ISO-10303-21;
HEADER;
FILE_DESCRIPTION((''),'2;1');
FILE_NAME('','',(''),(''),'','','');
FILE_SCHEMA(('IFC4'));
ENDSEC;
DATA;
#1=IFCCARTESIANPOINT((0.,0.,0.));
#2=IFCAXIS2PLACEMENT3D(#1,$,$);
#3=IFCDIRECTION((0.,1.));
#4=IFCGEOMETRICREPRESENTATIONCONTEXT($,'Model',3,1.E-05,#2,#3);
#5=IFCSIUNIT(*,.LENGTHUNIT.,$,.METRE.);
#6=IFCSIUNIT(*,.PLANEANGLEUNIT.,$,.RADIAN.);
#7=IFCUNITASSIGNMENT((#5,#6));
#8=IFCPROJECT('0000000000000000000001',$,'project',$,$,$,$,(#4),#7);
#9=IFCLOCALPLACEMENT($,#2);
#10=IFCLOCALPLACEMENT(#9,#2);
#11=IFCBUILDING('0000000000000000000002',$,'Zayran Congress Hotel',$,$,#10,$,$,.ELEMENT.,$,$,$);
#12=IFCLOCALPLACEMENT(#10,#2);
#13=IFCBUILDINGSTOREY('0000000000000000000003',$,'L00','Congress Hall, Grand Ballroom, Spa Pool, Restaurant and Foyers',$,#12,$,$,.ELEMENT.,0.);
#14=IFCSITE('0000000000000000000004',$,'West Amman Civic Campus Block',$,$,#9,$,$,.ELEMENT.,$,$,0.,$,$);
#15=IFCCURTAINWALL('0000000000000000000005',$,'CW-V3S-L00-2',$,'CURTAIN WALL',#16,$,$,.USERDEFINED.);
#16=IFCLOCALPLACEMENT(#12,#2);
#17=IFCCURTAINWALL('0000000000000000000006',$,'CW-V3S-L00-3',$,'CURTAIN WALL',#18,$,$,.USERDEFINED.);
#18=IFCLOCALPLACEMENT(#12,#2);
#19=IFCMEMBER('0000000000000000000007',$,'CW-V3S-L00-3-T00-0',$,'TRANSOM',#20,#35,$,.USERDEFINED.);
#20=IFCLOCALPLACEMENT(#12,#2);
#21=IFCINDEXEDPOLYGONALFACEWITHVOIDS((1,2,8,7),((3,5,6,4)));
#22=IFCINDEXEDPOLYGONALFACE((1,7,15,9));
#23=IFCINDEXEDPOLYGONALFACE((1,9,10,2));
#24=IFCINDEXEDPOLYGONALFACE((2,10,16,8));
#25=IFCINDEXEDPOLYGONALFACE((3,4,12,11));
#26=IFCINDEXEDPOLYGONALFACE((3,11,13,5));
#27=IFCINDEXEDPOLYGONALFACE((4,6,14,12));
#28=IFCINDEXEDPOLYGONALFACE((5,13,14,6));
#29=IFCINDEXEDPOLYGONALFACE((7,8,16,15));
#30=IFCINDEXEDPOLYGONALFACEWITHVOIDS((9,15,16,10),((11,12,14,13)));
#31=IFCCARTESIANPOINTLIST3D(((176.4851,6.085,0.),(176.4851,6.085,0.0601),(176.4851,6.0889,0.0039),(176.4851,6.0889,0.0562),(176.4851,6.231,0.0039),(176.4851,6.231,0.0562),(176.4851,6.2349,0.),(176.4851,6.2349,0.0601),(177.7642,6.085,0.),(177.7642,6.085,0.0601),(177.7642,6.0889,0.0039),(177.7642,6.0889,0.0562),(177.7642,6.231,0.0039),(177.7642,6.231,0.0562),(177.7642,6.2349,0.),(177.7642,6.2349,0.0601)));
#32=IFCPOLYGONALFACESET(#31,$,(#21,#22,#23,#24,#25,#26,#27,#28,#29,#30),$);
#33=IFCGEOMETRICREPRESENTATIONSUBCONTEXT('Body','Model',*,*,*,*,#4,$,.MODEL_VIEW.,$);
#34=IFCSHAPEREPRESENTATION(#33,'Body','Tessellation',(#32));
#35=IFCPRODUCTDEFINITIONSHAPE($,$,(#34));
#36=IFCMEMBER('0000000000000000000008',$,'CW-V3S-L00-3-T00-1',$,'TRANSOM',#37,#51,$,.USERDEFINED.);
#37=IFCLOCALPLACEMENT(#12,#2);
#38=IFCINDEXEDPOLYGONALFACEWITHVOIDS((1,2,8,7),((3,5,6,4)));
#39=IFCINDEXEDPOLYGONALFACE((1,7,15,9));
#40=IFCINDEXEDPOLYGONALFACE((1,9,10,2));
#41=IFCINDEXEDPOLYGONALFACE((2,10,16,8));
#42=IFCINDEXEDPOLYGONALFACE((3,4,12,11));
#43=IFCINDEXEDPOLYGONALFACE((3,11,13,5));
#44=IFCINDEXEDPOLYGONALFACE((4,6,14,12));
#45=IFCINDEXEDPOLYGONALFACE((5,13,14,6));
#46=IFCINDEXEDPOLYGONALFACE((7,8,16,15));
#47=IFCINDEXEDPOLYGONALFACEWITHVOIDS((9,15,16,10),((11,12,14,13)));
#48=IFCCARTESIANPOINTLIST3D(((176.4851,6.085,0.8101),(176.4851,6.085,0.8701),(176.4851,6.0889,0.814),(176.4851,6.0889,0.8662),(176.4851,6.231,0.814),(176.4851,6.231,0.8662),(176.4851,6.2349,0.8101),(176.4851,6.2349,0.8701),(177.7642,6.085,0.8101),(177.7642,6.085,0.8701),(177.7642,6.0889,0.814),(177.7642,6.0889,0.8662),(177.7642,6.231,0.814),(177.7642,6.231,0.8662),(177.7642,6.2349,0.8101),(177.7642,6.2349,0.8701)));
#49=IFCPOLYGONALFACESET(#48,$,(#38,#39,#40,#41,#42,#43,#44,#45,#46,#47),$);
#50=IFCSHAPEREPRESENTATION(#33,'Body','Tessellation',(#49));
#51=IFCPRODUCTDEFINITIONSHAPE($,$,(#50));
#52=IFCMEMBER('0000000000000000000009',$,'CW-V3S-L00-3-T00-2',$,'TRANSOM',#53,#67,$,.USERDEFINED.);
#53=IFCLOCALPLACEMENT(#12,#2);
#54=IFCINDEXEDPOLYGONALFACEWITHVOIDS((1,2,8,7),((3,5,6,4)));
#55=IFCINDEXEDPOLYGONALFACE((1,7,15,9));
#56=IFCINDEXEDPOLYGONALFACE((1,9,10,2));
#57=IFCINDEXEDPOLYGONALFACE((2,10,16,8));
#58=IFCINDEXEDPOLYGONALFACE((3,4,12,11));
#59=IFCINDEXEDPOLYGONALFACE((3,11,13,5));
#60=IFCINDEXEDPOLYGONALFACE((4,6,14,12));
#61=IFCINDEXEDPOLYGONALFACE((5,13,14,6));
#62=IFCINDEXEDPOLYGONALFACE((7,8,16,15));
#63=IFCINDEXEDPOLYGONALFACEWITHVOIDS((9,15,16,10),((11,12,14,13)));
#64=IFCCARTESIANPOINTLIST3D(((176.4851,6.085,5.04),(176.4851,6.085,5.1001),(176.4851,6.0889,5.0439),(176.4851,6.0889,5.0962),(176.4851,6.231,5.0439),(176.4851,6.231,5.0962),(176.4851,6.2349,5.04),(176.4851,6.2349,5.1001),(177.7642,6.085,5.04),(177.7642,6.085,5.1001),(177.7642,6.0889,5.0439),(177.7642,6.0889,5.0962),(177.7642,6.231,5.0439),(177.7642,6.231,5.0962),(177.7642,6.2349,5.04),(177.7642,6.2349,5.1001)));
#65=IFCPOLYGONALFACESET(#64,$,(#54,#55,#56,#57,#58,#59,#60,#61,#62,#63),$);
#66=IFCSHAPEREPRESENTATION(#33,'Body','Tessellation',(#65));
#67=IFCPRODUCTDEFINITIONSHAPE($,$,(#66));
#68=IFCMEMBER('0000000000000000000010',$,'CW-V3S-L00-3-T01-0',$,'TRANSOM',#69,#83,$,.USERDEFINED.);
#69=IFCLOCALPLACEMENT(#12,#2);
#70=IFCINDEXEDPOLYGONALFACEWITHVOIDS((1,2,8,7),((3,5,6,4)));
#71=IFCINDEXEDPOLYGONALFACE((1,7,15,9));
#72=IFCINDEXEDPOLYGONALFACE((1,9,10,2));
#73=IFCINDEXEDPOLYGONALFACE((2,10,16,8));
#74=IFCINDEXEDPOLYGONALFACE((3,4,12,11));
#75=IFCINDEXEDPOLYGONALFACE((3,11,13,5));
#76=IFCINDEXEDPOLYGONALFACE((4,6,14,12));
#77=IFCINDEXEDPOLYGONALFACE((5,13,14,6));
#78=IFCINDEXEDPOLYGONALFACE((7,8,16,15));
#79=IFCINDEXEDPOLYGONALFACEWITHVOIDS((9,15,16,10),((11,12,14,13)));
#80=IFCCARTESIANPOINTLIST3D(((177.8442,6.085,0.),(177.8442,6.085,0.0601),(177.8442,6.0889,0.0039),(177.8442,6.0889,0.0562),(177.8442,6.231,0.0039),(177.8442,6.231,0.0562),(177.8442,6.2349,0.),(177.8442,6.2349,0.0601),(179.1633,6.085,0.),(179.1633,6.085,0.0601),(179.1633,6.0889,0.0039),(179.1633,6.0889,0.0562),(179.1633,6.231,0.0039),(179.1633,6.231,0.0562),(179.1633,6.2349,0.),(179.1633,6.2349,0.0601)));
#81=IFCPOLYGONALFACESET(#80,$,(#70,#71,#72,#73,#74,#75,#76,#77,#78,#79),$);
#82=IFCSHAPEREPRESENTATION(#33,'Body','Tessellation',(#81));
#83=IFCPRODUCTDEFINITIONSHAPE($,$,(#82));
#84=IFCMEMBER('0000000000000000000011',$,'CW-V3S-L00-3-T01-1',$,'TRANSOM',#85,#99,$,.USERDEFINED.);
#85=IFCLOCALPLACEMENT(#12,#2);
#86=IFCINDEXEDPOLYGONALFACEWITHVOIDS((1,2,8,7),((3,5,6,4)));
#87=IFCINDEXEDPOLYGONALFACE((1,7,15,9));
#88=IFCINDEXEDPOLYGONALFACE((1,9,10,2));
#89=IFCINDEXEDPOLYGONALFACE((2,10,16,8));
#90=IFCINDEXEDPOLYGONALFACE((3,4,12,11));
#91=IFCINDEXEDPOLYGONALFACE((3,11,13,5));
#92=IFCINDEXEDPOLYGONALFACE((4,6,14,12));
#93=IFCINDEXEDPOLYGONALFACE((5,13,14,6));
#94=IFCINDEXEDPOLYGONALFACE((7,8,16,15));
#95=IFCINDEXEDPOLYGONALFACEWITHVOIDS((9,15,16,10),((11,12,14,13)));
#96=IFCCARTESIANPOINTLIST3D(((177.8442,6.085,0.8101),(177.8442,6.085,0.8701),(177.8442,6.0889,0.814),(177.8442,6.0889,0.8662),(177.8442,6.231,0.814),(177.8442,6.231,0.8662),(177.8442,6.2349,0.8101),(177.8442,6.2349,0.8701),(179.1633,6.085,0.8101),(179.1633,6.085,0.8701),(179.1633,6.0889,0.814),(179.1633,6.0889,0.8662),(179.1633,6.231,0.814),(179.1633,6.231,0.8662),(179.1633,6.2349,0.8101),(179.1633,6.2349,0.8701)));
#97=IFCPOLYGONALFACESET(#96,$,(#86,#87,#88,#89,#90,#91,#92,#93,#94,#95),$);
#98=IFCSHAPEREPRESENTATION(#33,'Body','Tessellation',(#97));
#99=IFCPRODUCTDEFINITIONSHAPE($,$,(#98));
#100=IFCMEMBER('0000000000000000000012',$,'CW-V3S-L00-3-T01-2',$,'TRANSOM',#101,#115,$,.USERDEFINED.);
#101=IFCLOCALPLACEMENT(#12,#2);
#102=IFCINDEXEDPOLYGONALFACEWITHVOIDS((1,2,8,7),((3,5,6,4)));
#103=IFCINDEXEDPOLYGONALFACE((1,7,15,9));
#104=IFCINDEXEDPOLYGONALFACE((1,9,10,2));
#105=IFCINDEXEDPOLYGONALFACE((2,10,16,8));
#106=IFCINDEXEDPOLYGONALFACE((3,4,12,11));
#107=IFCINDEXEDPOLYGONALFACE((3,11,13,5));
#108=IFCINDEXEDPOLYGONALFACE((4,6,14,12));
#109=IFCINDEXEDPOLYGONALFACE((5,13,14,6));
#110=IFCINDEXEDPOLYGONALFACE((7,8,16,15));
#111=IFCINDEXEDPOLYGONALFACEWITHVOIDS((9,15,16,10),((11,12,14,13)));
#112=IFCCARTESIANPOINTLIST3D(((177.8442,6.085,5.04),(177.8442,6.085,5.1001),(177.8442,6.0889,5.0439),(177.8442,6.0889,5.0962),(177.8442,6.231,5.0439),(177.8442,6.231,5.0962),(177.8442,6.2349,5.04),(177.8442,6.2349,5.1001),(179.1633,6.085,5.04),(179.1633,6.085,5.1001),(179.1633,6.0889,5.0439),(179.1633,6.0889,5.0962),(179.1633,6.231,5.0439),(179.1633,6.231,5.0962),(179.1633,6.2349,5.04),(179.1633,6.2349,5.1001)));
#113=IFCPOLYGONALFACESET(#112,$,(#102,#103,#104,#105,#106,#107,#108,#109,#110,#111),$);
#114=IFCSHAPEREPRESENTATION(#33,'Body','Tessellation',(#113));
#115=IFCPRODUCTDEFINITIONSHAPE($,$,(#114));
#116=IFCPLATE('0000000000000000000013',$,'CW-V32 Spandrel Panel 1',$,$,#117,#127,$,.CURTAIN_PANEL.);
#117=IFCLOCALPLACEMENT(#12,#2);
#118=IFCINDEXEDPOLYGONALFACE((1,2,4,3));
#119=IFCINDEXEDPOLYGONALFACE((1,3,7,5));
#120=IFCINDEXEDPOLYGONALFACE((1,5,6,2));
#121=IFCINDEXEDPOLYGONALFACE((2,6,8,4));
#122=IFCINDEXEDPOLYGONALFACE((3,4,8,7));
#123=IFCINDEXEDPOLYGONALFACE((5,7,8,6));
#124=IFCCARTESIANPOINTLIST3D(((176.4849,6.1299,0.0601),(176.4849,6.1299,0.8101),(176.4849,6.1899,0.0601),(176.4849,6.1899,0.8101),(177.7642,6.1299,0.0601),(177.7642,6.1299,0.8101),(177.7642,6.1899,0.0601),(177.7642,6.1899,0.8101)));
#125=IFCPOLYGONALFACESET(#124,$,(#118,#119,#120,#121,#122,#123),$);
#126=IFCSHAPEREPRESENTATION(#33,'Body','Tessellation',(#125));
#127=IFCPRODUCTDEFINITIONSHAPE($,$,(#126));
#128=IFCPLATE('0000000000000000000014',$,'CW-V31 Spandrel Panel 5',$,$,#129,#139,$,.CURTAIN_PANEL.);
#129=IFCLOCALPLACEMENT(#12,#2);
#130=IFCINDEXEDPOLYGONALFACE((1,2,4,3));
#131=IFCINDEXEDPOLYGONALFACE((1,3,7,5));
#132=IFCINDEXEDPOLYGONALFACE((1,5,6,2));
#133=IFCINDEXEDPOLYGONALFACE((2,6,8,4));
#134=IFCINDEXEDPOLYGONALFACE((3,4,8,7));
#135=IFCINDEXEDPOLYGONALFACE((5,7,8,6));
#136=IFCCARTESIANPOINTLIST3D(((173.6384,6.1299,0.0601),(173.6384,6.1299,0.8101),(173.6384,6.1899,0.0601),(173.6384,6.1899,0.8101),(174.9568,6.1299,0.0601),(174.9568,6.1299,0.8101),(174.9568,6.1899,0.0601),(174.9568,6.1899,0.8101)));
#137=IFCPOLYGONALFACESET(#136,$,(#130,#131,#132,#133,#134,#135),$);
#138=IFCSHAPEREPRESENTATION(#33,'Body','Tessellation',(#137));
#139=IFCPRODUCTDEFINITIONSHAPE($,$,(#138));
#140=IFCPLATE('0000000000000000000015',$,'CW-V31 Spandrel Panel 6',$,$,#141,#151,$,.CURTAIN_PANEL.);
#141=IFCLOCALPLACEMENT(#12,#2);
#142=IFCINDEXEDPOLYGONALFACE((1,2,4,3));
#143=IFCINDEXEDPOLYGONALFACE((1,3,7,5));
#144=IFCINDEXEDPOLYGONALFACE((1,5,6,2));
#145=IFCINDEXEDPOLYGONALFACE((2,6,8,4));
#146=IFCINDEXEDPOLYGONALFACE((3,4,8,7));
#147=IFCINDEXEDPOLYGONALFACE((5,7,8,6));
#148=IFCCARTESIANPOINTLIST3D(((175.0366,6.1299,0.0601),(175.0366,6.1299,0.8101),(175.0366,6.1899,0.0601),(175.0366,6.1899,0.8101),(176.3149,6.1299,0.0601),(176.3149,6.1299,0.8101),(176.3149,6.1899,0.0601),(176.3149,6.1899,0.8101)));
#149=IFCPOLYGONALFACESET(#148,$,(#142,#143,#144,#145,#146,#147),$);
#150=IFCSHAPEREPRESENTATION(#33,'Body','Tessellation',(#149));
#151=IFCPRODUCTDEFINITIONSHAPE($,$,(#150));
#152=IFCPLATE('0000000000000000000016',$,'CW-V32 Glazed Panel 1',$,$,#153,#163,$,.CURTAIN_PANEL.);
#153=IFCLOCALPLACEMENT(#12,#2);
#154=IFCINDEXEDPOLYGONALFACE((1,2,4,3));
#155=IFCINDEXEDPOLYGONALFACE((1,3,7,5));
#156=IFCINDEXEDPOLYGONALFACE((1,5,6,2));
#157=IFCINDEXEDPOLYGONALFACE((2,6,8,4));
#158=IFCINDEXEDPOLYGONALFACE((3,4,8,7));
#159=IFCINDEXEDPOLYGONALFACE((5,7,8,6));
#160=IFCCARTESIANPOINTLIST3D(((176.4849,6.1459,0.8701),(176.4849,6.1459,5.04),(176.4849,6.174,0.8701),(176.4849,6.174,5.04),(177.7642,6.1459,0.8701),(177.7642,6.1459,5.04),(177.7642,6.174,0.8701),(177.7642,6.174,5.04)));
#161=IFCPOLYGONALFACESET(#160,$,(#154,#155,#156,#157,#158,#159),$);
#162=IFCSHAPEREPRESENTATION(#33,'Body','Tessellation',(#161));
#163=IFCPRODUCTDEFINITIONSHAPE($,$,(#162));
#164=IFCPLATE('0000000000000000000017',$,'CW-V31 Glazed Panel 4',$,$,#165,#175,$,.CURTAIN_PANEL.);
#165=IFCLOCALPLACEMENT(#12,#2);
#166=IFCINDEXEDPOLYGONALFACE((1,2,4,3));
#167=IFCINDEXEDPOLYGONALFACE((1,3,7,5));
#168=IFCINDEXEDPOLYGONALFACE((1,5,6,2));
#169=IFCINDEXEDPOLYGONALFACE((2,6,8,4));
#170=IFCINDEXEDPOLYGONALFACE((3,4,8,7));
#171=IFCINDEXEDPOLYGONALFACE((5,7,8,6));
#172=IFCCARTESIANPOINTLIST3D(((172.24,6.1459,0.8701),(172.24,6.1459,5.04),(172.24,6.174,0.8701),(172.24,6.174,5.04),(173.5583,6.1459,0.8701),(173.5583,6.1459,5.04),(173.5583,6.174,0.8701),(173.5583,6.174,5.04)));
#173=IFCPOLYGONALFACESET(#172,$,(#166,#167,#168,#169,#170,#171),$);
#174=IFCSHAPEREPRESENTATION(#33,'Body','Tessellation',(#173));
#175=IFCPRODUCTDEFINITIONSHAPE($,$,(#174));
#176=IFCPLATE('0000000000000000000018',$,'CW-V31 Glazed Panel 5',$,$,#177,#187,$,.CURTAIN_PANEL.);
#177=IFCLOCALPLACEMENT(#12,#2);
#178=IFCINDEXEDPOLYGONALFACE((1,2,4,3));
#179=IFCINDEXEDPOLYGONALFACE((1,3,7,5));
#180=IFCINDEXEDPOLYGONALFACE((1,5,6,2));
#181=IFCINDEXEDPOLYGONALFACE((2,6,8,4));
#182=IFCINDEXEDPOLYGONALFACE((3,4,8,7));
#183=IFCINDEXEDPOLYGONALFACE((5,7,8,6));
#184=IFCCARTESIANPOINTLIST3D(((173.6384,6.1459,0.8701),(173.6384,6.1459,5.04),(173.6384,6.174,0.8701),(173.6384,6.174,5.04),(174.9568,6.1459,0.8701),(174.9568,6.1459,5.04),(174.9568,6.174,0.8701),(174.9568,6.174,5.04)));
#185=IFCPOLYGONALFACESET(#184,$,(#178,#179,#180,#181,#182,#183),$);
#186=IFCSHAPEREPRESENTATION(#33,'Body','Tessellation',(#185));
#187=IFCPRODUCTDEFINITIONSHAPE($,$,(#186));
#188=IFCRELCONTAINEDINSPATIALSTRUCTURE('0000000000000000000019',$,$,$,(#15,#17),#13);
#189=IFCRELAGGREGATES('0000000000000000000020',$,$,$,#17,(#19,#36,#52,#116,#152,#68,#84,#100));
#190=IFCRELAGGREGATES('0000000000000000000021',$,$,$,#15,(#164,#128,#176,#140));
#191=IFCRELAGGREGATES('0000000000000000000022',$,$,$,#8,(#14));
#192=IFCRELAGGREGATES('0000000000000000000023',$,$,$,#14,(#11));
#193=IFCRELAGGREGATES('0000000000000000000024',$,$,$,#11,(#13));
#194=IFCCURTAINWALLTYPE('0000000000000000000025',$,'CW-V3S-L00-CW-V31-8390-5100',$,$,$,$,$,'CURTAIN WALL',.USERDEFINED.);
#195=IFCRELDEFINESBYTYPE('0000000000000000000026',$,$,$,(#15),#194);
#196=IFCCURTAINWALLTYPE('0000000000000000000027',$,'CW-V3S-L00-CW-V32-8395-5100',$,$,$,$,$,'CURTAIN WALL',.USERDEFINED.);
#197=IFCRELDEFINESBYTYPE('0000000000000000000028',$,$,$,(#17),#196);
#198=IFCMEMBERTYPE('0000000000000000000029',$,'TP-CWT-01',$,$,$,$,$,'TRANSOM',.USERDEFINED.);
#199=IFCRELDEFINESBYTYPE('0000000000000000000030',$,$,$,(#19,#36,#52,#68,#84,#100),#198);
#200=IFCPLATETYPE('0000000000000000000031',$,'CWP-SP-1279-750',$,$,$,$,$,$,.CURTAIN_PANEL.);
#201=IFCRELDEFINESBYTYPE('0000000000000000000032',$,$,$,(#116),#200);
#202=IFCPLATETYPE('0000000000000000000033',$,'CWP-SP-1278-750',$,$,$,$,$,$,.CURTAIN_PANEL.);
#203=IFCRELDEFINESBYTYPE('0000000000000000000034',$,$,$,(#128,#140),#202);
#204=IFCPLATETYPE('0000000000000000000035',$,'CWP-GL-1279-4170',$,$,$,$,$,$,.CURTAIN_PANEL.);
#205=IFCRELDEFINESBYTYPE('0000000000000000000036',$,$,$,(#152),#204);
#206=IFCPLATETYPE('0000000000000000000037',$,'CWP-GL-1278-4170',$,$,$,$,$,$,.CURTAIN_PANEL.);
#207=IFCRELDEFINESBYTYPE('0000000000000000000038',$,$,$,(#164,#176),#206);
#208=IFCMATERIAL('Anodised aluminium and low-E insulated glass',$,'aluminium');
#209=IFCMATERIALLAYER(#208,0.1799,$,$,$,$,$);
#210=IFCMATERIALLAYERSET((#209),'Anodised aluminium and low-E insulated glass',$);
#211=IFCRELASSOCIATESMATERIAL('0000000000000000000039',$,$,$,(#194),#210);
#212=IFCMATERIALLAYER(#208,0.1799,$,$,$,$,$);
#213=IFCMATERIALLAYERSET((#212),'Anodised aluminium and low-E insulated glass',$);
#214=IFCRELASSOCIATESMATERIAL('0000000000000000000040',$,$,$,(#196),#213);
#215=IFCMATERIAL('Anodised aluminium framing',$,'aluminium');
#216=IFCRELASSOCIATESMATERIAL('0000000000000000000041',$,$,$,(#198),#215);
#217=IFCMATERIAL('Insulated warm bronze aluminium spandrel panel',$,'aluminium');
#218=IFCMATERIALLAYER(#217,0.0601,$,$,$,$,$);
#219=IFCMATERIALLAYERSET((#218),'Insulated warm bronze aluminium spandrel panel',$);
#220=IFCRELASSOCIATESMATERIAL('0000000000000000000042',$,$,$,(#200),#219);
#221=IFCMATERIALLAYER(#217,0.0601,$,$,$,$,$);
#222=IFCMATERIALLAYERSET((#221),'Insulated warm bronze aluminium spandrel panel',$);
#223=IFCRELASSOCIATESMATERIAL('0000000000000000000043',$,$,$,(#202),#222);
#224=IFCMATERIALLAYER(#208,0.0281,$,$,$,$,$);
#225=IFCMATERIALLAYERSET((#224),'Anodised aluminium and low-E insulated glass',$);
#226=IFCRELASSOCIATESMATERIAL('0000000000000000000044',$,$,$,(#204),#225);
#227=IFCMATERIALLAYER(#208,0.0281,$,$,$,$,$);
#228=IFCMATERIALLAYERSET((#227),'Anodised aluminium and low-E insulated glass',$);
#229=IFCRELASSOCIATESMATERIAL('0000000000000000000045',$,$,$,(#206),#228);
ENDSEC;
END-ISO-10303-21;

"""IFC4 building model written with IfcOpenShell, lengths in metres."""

from ifc_helpers import new_model, si_unit, direction, frame, origin, origin_2d, place, context, subcontext, project, spatial, rectangle, hollow_rectangle, extrude, material, layer, layer_set, material_profile, profile_set, type_object, element, aggregate, save


model = new_model("IFC4")

# Units and contexts
model_context = context("Model", 3, precision=1e-05, world=origin(), true_north=direction((0.0, 1.0)))
body_context = subcontext(model_context, "Body", "Model", "MODEL_VIEW")
ifc_project = project(units=[si_unit("LENGTHUNIT", "METRE"), si_unit("PLANEANGLEUNIT", "RADIAN")], contexts=[model_context])

# Site, building, storey
site_placement = place(None, origin())
site = spatial("IfcSite", under=ifc_project, at=site_placement, Name="West Amman Civic Campus Block", CompositionType="ELEMENT", RefElevation=0.0)
building_placement = place(site_placement, origin())
building = spatial("IfcBuilding", under=site, at=building_placement, Name="Zayran Congress Hotel", CompositionType="ELEMENT")
storey_placement = place(building_placement, origin())
storey = spatial("IfcBuildingStorey", under=building, at=storey_placement, Name="L00", Description="Congress Hall, Grand Ballroom, Spa Pool, Restaurant and Foyers", CompositionType="ELEMENT", Elevation=0.0)

# Curtain walls
ifc_material_1 = material(Name="Anodised aluminium and low-E insulated glass", Category="aluminium")
ifc_layer_1 = layer(ifc_material_1, 0.1799)
ifc_layer_set_1 = layer_set([ifc_layer_1], Name="Anodised aluminium and low-E insulated glass")
curtain_wall_type_1 = type_object("IfcCurtainWallType", Name="CW-V3S-L00-CW-V31-8390-5100", ElementType="CURTAIN WALL", PredefinedType="USERDEFINED", material=ifc_layer_set_1)
curtain_wall_1_placement = place(storey_placement, origin())
curtain_wall_1 = element("IfcCurtainWall", 1, at=curtain_wall_1_placement, inside=storey, type_object=curtain_wall_type_1, Name="CW-V3S-L00-2", ObjectType="CURTAIN WALL", PredefinedType="USERDEFINED")
ifc_material_2 = material(Name="Anodised aluminium framing", Category="aluminium")
ifc_layer_2 = layer(ifc_material_1, 0.1799)
ifc_layer_set_2 = layer_set([ifc_layer_2], Name="Anodised aluminium and low-E insulated glass")
curtain_wall_type_2 = type_object("IfcCurtainWallType", Name="CW-V3S-L00-CW-V32-8395-5100", ElementType="CURTAIN WALL", PredefinedType="USERDEFINED", material=ifc_layer_set_2)
curtain_wall_2_placement = place(storey_placement, origin())
curtain_wall_2 = element("IfcCurtainWall", 2, at=curtain_wall_2_placement, inside=storey, type_object=curtain_wall_type_2, Name="CW-V3S-L00-3", ObjectType="CURTAIN WALL", PredefinedType="USERDEFINED")

# Members
ifc_material_profile_1 = material_profile(ifc_material_2, hollow_rectangle(XDim=0.0601, YDim=0.1499, WallThickness=0.0039, at=origin_2d()), Name="RHS 150x60x4")
ifc_profile_set_1 = profile_set([ifc_material_profile_1], Name="Anodised aluminium framing")
member_type_1 = type_object("IfcMemberType", Name="TP-CWT-01", ElementType="TRANSOM", PredefinedType="USERDEFINED", material=ifc_profile_set_1)
member_1_placement = place(storey_placement, frame((176.4851, 6.1599, 0.03), z_axis=(1.0, 0.0, 0.0), x_axis=(0.0, 0.0, 1.0)))
member_1 = element("IfcMember", 3, at=member_1_placement, type_object=member_type_1, Name="CW-V3S-L00-3-T00-0", ObjectType="TRANSOM", PredefinedType="USERDEFINED", context=body_context, shape_type="SweptSolid", body=[
    extrude(hollow_rectangle(XDim=0.0601, YDim=0.1499, WallThickness=0.0039, at=origin_2d()), origin(), (0.0, 0.0, 1.0), 1.2791),
])
member_2_placement = place(storey_placement, frame((176.4851, 6.1599, 0.8401), z_axis=(1.0, 0.0, 0.0), x_axis=(0.0, 0.0, 1.0)))
member_2 = element("IfcMember", 4, at=member_2_placement, type_object=member_type_1, Name="CW-V3S-L00-3-T00-1", ObjectType="TRANSOM", PredefinedType="USERDEFINED", context=body_context, shape_type="SweptSolid", body=[
    extrude(hollow_rectangle(XDim=0.0601, YDim=0.1499, WallThickness=0.0039, at=origin_2d()), origin(), (0.0, 0.0, 1.0), 1.2791),
])
member_3_placement = place(storey_placement, frame((176.4851, 6.1599, 5.0701), z_axis=(1.0, 0.0, 0.0), x_axis=(0.0, 0.0, 1.0)))
member_3 = element("IfcMember", 5, at=member_3_placement, type_object=member_type_1, Name="CW-V3S-L00-3-T00-2", ObjectType="TRANSOM", PredefinedType="USERDEFINED", context=body_context, shape_type="SweptSolid", body=[
    extrude(hollow_rectangle(XDim=0.0601, YDim=0.1499, WallThickness=0.0039, at=origin_2d()), origin(), (0.0, 0.0, 1.0), 1.2791),
])
member_4_placement = place(storey_placement, frame((177.8442, 6.1599, 0.03), z_axis=(1.0, 0.0, 0.0), x_axis=(0.0, 0.0, 1.0)))
member_4 = element("IfcMember", 6, at=member_4_placement, type_object=member_type_1, Name="CW-V3S-L00-3-T01-0", ObjectType="TRANSOM", PredefinedType="USERDEFINED", context=body_context, shape_type="SweptSolid", body=[
    extrude(hollow_rectangle(XDim=0.0601, YDim=0.1499, WallThickness=0.0039, at=origin_2d()), origin(), (0.0, 0.0, 1.0), 1.3191),
])
member_5_placement = place(storey_placement, frame((177.8442, 6.1599, 0.8401), z_axis=(1.0, 0.0, 0.0), x_axis=(0.0, 0.0, 1.0)))
member_5 = element("IfcMember", 7, at=member_5_placement, type_object=member_type_1, Name="CW-V3S-L00-3-T01-1", ObjectType="TRANSOM", PredefinedType="USERDEFINED", context=body_context, shape_type="SweptSolid", body=[
    extrude(hollow_rectangle(XDim=0.0601, YDim=0.1499, WallThickness=0.0039, at=origin_2d()), origin(), (0.0, 0.0, 1.0), 1.3191),
])
member_6_placement = place(storey_placement, frame((177.8442, 6.1599, 5.0701), z_axis=(1.0, 0.0, 0.0), x_axis=(0.0, 0.0, 1.0)))
member_6 = element("IfcMember", 8, at=member_6_placement, type_object=member_type_1, Name="CW-V3S-L00-3-T01-2", ObjectType="TRANSOM", PredefinedType="USERDEFINED", context=body_context, shape_type="SweptSolid", body=[
    extrude(hollow_rectangle(XDim=0.0601, YDim=0.1499, WallThickness=0.0039, at=origin_2d()), origin(), (0.0, 0.0, 1.0), 1.3191),
])

# Plates
ifc_material_3 = material(Name="Insulated warm bronze aluminium spandrel panel", Category="aluminium")
ifc_layer_3 = layer(ifc_material_3, 0.0601)
ifc_layer_set_3 = layer_set([ifc_layer_3], Name="Insulated warm bronze aluminium spandrel panel")
plate_type_1 = type_object("IfcPlateType", Name="CWP-SP-1279-750", PredefinedType="CURTAIN_PANEL", material=ifc_layer_set_3)
plate_1_placement = place(storey_placement, frame((177.1245, 6.1599, 0.0601), z_axis=(0.0, 0.0, 1.0), x_axis=(1.0, 0.0, 0.0)))
plate_1 = element("IfcPlate", 9, at=plate_1_placement, type_object=plate_type_1, Name="CW-V32 Spandrel Panel 1", PredefinedType="CURTAIN_PANEL", context=body_context, shape_type="SweptSolid", body=[
    extrude(rectangle(XDim=1.2793, YDim=0.0601, at=origin_2d()), origin(), (0.0, 0.0, 1.0), 0.75),
])
ifc_layer_4 = layer(ifc_material_3, 0.0601)
ifc_layer_set_4 = layer_set([ifc_layer_4], Name="Insulated warm bronze aluminium spandrel panel")
plate_type_2 = type_object("IfcPlateType", Name="CWP-SP-1278-750", PredefinedType="CURTAIN_PANEL", material=ifc_layer_set_4)
plate_2_placement = place(storey_placement, frame((174.2976, 6.1599, 0.0601), z_axis=(0.0, 0.0, 1.0), x_axis=(1.0, 0.0, 0.0)))
plate_2 = element("IfcPlate", 10, at=plate_2_placement, type_object=plate_type_2, Name="CW-V31 Spandrel Panel 5", PredefinedType="CURTAIN_PANEL", context=body_context, shape_type="SweptSolid", body=[
    extrude(rectangle(XDim=1.3184, YDim=0.0601, at=origin_2d()), origin(), (0.0, 0.0, 1.0), 0.75),
])
plate_3_placement = place(storey_placement, frame((175.6758, 6.1599, 0.0601), z_axis=(0.0, 0.0, 1.0), x_axis=(1.0, 0.0, 0.0)))
plate_3 = element("IfcPlate", 11, at=plate_3_placement, type_object=plate_type_2, Name="CW-V31 Spandrel Panel 6", PredefinedType="CURTAIN_PANEL", context=body_context, shape_type="SweptSolid", body=[
    extrude(rectangle(XDim=1.2783, YDim=0.0601, at=origin_2d()), origin(), (0.0, 0.0, 1.0), 0.75),
])
ifc_layer_5 = layer(ifc_material_1, 0.0281)
ifc_layer_set_5 = layer_set([ifc_layer_5], Name="Anodised aluminium and low-E insulated glass")
plate_type_3 = type_object("IfcPlateType", Name="CWP-GL-1279-4170", PredefinedType="CURTAIN_PANEL", material=ifc_layer_set_5)
plate_4_placement = place(storey_placement, frame((177.1245, 6.1599, 0.8701), z_axis=(0.0, 0.0, 1.0), x_axis=(1.0, 0.0, 0.0)))
plate_4 = element("IfcPlate", 12, at=plate_4_placement, type_object=plate_type_3, Name="CW-V32 Glazed Panel 1", PredefinedType="CURTAIN_PANEL", context=body_context, shape_type="SweptSolid", body=[
    extrude(rectangle(XDim=1.2793, YDim=0.0281, at=origin_2d()), origin(), (0.0, 0.0, 1.0), 4.1699),
])
aggregate(curtain_wall_2, [member_1, member_2, member_3, plate_1, plate_4, member_4, member_5, member_6])
ifc_layer_6 = layer(ifc_material_1, 0.0281)
ifc_layer_set_6 = layer_set([ifc_layer_6], Name="Anodised aluminium and low-E insulated glass")
plate_type_4 = type_object("IfcPlateType", Name="CWP-GL-1278-4170", PredefinedType="CURTAIN_PANEL", material=ifc_layer_set_6)
plate_5_placement = place(storey_placement, frame((172.8992, 6.1599, 0.8701), z_axis=(0.0, 0.0, 1.0), x_axis=(1.0, 0.0, 0.0)))
plate_5 = element("IfcPlate", 13, at=plate_5_placement, type_object=plate_type_4, Name="CW-V31 Glazed Panel 4", PredefinedType="CURTAIN_PANEL", context=body_context, shape_type="SweptSolid", body=[
    extrude(rectangle(XDim=1.3184, YDim=0.0281, at=origin_2d()), origin(), (0.0, 0.0, 1.0), 4.1699),
])
plate_6_placement = place(storey_placement, frame((174.2976, 6.1599, 0.8701), z_axis=(0.0, 0.0, 1.0), x_axis=(1.0, 0.0, 0.0)))
plate_6 = element("IfcPlate", 14, at=plate_6_placement, type_object=plate_type_4, Name="CW-V31 Glazed Panel 5", PredefinedType="CURTAIN_PANEL", context=body_context, shape_type="SweptSolid", body=[
    extrude(rectangle(XDim=1.3184, YDim=0.0281, at=origin_2d()), origin(), (0.0, 0.0, 1.0), 4.1699),
])
aggregate(curtain_wall_1, [plate_5, plate_2, plate_6, plate_3])

save(model, "model.ifc")
